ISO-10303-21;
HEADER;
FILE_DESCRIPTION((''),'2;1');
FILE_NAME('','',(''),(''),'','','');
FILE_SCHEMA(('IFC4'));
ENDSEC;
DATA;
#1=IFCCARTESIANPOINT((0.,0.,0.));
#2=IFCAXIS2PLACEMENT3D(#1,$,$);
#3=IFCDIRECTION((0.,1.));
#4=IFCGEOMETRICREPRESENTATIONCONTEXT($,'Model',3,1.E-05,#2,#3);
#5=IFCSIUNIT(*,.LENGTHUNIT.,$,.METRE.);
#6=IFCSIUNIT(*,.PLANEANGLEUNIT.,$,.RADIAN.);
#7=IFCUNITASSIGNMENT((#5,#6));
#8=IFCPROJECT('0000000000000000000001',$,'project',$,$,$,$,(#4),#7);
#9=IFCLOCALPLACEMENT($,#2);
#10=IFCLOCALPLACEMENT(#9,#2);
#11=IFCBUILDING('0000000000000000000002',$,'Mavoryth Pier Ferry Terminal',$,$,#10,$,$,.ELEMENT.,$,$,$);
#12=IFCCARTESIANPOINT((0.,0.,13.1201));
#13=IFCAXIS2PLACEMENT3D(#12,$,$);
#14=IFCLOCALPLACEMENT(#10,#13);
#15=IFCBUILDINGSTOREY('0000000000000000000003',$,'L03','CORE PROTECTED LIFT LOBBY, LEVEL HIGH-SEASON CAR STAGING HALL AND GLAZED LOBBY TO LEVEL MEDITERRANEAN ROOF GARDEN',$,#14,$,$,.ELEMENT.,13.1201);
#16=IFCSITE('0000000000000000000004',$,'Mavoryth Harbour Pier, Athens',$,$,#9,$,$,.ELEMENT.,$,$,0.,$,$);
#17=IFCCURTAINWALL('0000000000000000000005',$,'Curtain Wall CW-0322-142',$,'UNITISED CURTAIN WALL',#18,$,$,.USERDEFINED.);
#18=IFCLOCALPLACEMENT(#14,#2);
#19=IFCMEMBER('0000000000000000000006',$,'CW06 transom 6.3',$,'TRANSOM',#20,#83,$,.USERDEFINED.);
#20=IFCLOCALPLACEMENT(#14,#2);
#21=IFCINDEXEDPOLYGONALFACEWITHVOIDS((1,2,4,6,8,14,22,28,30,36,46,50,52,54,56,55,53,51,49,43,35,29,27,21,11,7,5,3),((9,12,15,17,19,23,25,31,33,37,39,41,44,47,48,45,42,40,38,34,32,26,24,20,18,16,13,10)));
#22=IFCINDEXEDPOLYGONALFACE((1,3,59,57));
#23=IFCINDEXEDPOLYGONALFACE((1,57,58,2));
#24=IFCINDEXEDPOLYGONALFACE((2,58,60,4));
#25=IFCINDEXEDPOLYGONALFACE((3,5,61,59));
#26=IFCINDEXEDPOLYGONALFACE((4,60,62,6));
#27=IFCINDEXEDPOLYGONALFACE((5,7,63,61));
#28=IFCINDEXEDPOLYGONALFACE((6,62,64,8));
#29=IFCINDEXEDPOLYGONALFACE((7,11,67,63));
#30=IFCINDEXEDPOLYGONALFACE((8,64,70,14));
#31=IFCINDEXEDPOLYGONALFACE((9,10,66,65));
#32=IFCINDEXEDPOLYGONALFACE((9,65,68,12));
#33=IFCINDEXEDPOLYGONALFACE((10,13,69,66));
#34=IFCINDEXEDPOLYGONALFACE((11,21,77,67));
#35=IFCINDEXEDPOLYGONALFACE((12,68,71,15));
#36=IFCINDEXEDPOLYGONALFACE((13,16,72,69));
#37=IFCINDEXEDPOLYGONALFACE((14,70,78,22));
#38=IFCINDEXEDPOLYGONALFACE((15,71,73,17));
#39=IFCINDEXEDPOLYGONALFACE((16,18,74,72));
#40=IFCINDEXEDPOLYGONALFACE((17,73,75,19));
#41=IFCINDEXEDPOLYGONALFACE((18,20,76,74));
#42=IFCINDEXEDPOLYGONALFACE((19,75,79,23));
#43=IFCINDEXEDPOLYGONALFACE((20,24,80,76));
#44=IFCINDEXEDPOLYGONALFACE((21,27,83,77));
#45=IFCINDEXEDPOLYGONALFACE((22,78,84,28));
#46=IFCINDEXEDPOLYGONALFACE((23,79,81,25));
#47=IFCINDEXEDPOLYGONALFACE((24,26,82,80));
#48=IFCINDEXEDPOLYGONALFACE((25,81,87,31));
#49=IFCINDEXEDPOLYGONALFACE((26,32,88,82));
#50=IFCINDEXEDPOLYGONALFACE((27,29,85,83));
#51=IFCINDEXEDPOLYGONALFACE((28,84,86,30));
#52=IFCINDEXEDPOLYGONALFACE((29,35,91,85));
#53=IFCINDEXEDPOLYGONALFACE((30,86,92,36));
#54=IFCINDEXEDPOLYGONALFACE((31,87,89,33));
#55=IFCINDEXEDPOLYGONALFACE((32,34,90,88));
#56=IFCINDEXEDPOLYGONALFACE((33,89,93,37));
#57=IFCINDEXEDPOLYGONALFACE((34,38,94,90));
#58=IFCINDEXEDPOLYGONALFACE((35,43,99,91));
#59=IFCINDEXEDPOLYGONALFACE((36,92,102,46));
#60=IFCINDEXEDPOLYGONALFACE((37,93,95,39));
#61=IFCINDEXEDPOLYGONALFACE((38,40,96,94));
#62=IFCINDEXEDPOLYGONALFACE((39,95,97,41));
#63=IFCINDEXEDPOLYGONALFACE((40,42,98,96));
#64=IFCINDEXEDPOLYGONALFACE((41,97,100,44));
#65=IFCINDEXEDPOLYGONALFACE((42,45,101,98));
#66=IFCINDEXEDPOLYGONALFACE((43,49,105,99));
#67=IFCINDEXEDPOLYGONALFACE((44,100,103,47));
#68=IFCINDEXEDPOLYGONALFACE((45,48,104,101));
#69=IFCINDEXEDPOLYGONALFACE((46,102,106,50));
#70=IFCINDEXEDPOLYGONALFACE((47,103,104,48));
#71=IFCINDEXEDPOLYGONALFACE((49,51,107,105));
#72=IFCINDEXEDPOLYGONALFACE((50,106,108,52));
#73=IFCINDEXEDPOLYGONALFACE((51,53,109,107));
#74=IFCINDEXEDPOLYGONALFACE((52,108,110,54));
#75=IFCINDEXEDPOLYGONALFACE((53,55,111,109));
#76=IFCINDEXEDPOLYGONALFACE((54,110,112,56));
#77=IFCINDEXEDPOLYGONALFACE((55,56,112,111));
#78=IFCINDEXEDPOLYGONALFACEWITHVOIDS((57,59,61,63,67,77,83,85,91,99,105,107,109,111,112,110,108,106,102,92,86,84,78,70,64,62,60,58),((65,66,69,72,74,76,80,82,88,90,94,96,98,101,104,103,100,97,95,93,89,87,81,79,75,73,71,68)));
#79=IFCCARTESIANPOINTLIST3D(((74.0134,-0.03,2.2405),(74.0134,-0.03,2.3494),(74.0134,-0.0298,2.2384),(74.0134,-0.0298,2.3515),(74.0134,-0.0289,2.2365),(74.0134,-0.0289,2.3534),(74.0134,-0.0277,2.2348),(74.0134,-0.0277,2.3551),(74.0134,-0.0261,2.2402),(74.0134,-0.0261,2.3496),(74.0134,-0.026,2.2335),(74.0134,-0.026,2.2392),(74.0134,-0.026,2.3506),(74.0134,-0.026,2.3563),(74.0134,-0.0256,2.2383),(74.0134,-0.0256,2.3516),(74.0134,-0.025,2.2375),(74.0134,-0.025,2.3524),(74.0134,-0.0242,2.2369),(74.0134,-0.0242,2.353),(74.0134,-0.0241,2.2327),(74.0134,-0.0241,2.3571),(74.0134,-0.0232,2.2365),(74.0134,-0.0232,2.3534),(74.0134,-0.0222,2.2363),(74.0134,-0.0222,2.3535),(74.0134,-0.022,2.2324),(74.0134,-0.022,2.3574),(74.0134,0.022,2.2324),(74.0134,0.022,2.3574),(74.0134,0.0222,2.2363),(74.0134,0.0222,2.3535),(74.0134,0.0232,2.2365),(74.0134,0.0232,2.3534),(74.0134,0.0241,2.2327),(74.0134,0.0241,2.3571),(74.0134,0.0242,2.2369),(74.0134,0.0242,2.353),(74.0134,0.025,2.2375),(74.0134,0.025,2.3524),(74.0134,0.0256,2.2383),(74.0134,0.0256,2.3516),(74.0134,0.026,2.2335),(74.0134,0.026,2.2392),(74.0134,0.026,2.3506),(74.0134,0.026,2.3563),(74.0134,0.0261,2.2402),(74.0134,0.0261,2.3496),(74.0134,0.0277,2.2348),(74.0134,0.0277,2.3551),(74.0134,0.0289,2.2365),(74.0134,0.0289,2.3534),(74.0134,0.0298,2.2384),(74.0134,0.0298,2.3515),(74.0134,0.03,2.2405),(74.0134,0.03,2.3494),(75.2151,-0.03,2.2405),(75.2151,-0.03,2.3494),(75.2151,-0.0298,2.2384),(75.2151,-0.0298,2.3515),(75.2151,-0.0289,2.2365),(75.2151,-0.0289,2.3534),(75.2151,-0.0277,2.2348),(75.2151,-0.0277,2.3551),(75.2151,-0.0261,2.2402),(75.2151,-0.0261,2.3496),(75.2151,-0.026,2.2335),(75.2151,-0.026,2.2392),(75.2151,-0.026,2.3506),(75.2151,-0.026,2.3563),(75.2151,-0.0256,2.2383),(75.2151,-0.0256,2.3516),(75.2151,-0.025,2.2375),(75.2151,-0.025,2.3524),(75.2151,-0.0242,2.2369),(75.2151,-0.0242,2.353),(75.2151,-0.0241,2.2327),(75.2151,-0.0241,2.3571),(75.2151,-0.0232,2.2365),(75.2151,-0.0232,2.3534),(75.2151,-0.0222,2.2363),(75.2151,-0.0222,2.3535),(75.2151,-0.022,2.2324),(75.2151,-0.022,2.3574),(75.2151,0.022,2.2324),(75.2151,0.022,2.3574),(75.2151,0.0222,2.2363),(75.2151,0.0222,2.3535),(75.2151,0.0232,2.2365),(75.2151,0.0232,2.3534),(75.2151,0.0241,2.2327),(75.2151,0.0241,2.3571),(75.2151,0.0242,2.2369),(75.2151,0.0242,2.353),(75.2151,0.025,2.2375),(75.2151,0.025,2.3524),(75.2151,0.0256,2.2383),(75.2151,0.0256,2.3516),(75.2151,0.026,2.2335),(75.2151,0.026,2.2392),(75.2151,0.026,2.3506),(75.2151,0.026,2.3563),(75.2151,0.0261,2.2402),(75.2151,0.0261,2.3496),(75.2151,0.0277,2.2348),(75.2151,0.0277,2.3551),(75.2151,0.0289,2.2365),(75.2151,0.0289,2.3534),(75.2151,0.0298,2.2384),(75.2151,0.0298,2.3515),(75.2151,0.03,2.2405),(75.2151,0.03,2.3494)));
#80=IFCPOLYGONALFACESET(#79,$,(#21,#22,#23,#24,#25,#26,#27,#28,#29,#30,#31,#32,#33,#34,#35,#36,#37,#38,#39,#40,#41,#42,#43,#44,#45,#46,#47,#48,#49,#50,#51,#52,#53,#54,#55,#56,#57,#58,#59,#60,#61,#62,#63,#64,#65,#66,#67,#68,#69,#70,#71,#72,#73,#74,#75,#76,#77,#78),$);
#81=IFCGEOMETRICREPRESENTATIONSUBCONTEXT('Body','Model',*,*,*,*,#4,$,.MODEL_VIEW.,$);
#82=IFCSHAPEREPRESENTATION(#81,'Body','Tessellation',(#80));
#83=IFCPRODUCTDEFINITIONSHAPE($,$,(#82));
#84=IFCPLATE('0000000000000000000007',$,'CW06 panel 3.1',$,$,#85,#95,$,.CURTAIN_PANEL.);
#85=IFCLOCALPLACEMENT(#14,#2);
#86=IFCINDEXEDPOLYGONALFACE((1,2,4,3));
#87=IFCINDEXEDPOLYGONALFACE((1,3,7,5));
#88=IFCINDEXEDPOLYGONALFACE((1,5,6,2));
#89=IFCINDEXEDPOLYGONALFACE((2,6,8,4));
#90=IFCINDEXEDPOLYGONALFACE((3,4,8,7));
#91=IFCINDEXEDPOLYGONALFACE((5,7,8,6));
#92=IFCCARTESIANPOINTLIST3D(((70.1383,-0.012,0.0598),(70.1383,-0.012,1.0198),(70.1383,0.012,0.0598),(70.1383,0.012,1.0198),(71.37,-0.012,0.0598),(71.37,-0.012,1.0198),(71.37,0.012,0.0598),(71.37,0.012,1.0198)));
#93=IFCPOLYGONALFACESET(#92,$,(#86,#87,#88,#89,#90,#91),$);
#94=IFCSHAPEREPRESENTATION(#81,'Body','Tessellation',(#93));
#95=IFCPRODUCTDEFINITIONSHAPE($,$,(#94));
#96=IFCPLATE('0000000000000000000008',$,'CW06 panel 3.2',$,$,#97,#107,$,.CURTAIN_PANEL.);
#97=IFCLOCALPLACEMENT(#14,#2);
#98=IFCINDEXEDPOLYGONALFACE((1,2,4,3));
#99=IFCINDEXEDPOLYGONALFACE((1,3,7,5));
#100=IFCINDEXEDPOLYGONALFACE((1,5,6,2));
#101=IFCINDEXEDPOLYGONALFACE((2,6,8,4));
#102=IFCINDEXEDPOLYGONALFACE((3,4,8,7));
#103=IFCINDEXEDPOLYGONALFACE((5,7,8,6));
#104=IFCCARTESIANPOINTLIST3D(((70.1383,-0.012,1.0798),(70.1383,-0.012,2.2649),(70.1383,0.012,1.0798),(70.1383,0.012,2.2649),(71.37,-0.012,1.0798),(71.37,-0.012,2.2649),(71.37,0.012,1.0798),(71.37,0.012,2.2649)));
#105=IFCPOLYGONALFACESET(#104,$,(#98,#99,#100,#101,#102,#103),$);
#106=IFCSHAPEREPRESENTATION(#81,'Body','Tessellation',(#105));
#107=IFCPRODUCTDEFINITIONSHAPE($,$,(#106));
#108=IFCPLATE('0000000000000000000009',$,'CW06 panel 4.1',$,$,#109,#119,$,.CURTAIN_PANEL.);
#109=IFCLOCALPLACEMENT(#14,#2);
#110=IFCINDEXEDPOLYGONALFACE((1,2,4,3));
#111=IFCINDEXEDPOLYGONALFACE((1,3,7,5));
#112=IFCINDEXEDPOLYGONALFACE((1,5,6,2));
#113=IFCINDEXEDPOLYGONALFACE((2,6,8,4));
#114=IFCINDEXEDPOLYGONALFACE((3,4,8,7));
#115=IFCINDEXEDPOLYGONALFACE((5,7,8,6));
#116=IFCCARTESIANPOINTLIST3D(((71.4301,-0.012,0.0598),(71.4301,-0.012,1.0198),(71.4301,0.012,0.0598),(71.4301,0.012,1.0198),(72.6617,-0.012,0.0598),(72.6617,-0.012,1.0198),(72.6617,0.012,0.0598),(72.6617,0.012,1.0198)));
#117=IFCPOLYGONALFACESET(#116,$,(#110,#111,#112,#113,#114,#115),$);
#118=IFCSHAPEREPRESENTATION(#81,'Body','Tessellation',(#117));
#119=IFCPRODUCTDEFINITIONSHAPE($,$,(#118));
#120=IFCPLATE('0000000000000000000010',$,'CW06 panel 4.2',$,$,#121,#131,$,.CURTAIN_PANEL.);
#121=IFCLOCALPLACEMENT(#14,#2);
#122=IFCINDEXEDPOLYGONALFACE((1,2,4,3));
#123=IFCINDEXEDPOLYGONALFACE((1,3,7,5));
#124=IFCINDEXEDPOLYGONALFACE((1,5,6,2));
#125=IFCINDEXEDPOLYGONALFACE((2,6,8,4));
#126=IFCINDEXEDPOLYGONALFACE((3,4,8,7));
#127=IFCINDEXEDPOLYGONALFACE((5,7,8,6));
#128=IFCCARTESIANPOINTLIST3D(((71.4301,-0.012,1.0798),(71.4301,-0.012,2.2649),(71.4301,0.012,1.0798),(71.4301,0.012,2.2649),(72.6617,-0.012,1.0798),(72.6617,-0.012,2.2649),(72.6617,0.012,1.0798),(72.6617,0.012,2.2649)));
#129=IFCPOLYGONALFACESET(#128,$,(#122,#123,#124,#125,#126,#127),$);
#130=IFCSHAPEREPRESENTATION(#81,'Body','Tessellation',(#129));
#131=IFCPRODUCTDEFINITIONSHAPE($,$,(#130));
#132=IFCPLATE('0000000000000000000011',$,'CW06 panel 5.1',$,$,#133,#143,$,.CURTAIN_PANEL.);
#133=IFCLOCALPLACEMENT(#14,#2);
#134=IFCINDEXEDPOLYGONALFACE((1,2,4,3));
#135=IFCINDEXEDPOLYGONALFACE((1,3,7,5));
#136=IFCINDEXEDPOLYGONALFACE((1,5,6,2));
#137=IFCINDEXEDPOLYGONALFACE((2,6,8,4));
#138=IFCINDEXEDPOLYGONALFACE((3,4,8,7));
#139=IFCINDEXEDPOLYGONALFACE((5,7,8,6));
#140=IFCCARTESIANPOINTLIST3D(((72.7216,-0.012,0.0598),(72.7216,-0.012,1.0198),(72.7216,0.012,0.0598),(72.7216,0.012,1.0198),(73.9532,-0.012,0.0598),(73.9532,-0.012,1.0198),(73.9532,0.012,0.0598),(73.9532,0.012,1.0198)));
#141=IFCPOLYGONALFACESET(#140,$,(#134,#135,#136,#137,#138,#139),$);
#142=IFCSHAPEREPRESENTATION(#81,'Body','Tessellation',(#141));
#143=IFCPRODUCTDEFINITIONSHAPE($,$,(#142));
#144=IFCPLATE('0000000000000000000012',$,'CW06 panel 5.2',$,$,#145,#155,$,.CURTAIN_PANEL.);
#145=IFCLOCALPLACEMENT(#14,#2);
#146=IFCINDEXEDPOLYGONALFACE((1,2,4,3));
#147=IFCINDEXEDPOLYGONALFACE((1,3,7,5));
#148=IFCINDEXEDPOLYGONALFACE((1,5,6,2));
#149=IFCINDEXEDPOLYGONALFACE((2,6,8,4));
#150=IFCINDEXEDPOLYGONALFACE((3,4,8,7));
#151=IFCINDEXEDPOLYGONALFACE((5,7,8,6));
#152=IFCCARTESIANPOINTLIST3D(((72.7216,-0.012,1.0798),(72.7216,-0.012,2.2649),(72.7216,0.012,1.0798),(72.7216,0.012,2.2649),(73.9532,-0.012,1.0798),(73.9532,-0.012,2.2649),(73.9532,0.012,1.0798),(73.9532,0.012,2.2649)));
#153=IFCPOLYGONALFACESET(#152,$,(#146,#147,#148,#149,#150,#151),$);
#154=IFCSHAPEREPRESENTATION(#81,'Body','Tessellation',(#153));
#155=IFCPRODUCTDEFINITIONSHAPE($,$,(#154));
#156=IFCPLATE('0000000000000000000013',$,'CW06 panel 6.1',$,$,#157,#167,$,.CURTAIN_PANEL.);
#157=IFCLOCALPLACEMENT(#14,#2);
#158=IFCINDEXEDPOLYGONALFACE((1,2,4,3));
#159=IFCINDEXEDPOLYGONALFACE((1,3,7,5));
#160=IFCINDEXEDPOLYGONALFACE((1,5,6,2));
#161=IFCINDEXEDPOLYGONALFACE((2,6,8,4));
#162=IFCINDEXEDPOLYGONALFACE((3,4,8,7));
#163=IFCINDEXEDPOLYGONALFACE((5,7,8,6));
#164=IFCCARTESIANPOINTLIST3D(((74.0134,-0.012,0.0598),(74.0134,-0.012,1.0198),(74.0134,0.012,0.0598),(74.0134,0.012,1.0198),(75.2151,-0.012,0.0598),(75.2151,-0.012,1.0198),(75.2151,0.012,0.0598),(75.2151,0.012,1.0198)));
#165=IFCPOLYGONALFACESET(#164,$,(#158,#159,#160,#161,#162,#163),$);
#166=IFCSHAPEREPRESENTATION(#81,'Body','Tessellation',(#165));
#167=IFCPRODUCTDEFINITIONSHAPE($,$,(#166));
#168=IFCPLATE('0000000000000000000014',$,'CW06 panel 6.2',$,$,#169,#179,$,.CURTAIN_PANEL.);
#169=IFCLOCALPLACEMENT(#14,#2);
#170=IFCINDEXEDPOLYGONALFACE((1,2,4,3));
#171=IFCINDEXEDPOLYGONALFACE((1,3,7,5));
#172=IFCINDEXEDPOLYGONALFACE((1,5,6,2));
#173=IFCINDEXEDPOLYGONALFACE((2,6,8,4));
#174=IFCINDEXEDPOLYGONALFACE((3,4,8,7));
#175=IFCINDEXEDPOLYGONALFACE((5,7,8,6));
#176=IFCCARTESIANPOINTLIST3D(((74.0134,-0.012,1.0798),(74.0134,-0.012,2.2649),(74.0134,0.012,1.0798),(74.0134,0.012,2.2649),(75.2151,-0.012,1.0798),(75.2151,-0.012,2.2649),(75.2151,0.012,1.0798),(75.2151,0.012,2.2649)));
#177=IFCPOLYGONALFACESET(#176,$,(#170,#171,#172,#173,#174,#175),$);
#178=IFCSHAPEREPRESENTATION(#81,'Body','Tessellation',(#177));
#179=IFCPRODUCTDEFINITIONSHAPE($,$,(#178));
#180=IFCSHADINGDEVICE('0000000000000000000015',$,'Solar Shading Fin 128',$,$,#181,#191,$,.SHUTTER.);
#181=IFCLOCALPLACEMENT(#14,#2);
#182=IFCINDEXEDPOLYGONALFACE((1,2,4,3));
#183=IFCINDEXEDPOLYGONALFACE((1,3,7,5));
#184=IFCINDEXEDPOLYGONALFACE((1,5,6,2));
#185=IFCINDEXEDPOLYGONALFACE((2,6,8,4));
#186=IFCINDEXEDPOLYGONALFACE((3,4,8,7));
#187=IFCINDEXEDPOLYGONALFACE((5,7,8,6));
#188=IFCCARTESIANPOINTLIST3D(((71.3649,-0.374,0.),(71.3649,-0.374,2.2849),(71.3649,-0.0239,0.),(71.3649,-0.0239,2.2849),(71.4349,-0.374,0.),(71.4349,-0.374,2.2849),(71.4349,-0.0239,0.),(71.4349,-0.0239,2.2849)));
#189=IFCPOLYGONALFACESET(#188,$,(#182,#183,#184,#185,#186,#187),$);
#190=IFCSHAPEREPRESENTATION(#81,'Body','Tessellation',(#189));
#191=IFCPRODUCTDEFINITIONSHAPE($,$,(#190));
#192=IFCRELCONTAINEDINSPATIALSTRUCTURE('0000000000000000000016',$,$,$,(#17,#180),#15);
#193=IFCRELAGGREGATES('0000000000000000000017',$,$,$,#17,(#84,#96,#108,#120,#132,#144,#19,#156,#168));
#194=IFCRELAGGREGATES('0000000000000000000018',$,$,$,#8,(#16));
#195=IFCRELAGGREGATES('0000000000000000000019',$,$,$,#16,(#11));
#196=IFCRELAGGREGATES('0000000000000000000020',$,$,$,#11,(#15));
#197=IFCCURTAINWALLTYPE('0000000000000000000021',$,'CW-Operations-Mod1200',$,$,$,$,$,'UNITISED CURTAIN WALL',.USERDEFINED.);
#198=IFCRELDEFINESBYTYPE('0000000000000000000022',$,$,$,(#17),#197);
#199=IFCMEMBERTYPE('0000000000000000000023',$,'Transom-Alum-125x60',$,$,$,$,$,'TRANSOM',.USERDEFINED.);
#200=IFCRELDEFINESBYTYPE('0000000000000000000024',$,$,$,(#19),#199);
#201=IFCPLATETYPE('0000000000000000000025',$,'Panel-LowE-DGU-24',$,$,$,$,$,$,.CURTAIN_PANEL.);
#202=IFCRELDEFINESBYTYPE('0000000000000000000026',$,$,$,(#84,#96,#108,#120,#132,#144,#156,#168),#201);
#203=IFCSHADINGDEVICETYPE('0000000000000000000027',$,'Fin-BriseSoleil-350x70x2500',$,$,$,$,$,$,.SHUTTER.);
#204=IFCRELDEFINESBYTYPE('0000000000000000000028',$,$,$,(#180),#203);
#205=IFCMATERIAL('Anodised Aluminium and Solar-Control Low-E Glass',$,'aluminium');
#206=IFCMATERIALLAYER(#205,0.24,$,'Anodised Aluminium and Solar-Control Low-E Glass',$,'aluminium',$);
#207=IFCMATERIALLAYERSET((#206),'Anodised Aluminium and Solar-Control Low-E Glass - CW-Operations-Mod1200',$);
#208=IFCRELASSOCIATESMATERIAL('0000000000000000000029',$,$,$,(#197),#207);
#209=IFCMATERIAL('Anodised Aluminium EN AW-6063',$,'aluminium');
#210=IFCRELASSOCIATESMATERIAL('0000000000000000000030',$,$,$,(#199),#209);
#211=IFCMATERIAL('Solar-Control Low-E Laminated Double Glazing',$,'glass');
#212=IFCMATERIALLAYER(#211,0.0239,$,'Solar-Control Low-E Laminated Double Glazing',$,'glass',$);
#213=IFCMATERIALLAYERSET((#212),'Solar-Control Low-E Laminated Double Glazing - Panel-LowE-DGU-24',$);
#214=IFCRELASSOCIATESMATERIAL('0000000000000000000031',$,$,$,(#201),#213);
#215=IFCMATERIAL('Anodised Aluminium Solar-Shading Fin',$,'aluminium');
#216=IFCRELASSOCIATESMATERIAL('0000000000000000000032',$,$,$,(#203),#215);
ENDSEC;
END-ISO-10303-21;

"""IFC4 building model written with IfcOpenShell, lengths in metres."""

from ifc_helpers import new_model, si_unit, direction, frame, origin, origin_2d, place, context, subcontext, project, spatial, rectangle, hollow_rectangle, extrude, material, layer, layer_set, material_profile, profile_set, type_object, element, aggregate, save


model = new_model("IFC4")

# Units and contexts
model_context = context("Model", 3, precision=1e-05, world=origin(), true_north=direction((0.0, 1.0)))
body_context = subcontext(model_context, "Body", "Model", "MODEL_VIEW")
ifc_project = project(units=[si_unit("LENGTHUNIT", "METRE"), si_unit("PLANEANGLEUNIT", "RADIAN")], contexts=[model_context])

# Site, building, storey
site_placement = place(None, origin())
site = spatial("IfcSite", under=ifc_project, at=site_placement, Name="Mavoryth Harbour Pier, Athens", CompositionType="ELEMENT", RefElevation=0.0)
building_placement = place(site_placement, origin())
building = spatial("IfcBuilding", under=site, at=building_placement, Name="Mavoryth Pier Ferry Terminal", CompositionType="ELEMENT")
storey_placement = place(building_placement, frame((0.0, 0.0, 13.1201)))
storey = spatial("IfcBuildingStorey", under=building, at=storey_placement, Name="L03", Description="CORE PROTECTED LIFT LOBBY, LEVEL HIGH-SEASON CAR STAGING HALL AND GLAZED LOBBY TO LEVEL MEDITERRANEAN ROOF GARDEN", CompositionType="ELEMENT", Elevation=13.1201)

# Curtain wall, member, plates
ifc_material_1 = material(Name="Anodised Aluminium and Solar-Control Low-E Glass", Category="aluminium")
ifc_layer_1 = layer(ifc_material_1, 0.24, Name="Anodised Aluminium and Solar-Control Low-E Glass", Category="aluminium")
ifc_layer_set_1 = layer_set([ifc_layer_1], Name="Anodised Aluminium and Solar-Control Low-E Glass - CW-Operations-Mod1200")
curtain_wall_type = type_object("IfcCurtainWallType", Name="CW-Operations-Mod1200", ElementType="UNITISED CURTAIN WALL", PredefinedType="USERDEFINED", material=ifc_layer_set_1)
curtain_wall_placement = place(storey_placement, origin())
curtain_wall = element("IfcCurtainWall", 1, at=curtain_wall_placement, inside=storey, type_object=curtain_wall_type, Name="Curtain Wall CW-0322-142", ObjectType="UNITISED CURTAIN WALL", PredefinedType="USERDEFINED")
ifc_material_2 = material(Name="Anodised Aluminium EN AW-6063", Category="aluminium")
ifc_material_profile_1 = material_profile(ifc_material_2, hollow_rectangle(XDim=0.0601, YDim=0.125, WallThickness=0.0039, InnerFilletRadius=0.0039, OuterFilletRadius=0.0081, at=origin_2d()), Name="AL-TRAN 125x60x4", Category="aluminium")
ifc_profile_set_1 = profile_set([ifc_material_profile_1], Name="Anodised Aluminium EN AW-6063 - AL-TRAN 125x60x4")
member_type_1 = type_object("IfcMemberType", Name="Transom-Alum-125x60", ElementType="TRANSOM", PredefinedType="USERDEFINED", material=ifc_profile_set_1)
member_1_placement = place(storey_placement, frame((74.0134, 0.0, 2.2949), z_axis=(1.0, 0.0, 0.0), x_axis=(0.0, 1.0, 0.0)))
member_1 = element("IfcMember", 2, at=member_1_placement, type_object=member_type_1, Name="CW06 transom 6.3", ObjectType="TRANSOM", PredefinedType="USERDEFINED", context=body_context, shape_type="SweptSolid", body=[
    extrude(hollow_rectangle(XDim=0.0601, YDim=0.125, WallThickness=0.0039, InnerFilletRadius=0.0039, OuterFilletRadius=0.0081, at=origin_2d()), origin(), (0.0, 0.0, 1.0), 1.2017),
])
ifc_material_3 = material(Name="Solar-Control Low-E Laminated Double Glazing", Category="glass")
ifc_layer_2 = layer(ifc_material_3, 0.0239, Name="Solar-Control Low-E Laminated Double Glazing", Category="glass")
ifc_layer_set_2 = layer_set([ifc_layer_2], Name="Solar-Control Low-E Laminated Double Glazing - Panel-LowE-DGU-24")
plate_type = type_object("IfcPlateType", Name="Panel-LowE-DGU-24", PredefinedType="CURTAIN_PANEL", material=ifc_layer_set_2)
plate_1_placement = place(storey_placement, frame((70.7542, 0.0, 0.0598), z_axis=(0.0, 0.0, 1.0), x_axis=(1.0, 0.0, 0.0)))
plate_1 = element("IfcPlate", 3, at=plate_1_placement, type_object=plate_type, Name="CW06 panel 3.1", PredefinedType="CURTAIN_PANEL", context=body_context, shape_type="SweptSolid", body=[
    extrude(rectangle(XDim=1.2317, YDim=0.0239, at=origin_2d()), origin(), (0.0, 0.0, 1.0), 0.96),
])
plate_2_placement = place(storey_placement, frame((70.7542, 0.0, 1.0798), z_axis=(0.0, 0.0, 1.0), x_axis=(1.0, 0.0, 0.0)))
plate_2 = element("IfcPlate", 4, at=plate_2_placement, type_object=plate_type, Name="CW06 panel 3.2", PredefinedType="CURTAIN_PANEL", context=body_context, shape_type="SweptSolid", body=[
    extrude(rectangle(XDim=1.2317, YDim=0.0239, at=origin_2d()), origin(), (0.0, 0.0, 1.0), 1.1851),
])
plate_3_placement = place(storey_placement, frame((72.0459, 0.0, 0.0598), z_axis=(0.0, 0.0, 1.0), x_axis=(1.0, 0.0, 0.0)))
plate_3 = element("IfcPlate", 5, at=plate_3_placement, type_object=plate_type, Name="CW06 panel 4.1", PredefinedType="CURTAIN_PANEL", context=body_context, shape_type="SweptSolid", body=[
    extrude(rectangle(XDim=1.2317, YDim=0.0239, at=origin_2d()), origin(), (0.0, 0.0, 1.0), 0.96),
])
plate_4_placement = place(storey_placement, frame((72.0459, 0.0, 1.0798), z_axis=(0.0, 0.0, 1.0), x_axis=(1.0, 0.0, 0.0)))
plate_4 = element("IfcPlate", 6, at=plate_4_placement, type_object=plate_type, Name="CW06 panel 4.2", PredefinedType="CURTAIN_PANEL", context=body_context, shape_type="SweptSolid", body=[
    extrude(rectangle(XDim=1.2317, YDim=0.0239, at=origin_2d()), origin(), (0.0, 0.0, 1.0), 1.1851),
])
plate_5_placement = place(storey_placement, frame((73.3374, 0.0, 0.0598), z_axis=(0.0, 0.0, 1.0), x_axis=(1.0, 0.0, 0.0)))
plate_5 = element("IfcPlate", 7, at=plate_5_placement, type_object=plate_type, Name="CW06 panel 5.1", PredefinedType="CURTAIN_PANEL", context=body_context, shape_type="SweptSolid", body=[
    extrude(rectangle(XDim=1.2317, YDim=0.0239, at=origin_2d()), origin(), (0.0, 0.0, 1.0), 0.96),
])
plate_6_placement = place(storey_placement, frame((73.3374, 0.0, 1.0798), z_axis=(0.0, 0.0, 1.0), x_axis=(1.0, 0.0, 0.0)))
plate_6 = element("IfcPlate", 8, at=plate_6_placement, type_object=plate_type, Name="CW06 panel 5.2", PredefinedType="CURTAIN_PANEL", context=body_context, shape_type="SweptSolid", body=[
    extrude(rectangle(XDim=1.2317, YDim=0.0239, at=origin_2d()), origin(), (0.0, 0.0, 1.0), 1.1851),
])
plate_7_placement = place(storey_placement, frame((74.6143, 0.0, 0.0598), z_axis=(0.0, 0.0, 1.0), x_axis=(1.0, 0.0, 0.0)))
plate_7 = element("IfcPlate", 9, at=plate_7_placement, type_object=plate_type, Name="CW06 panel 6.1", PredefinedType="CURTAIN_PANEL", context=body_context, shape_type="SweptSolid", body=[
    extrude(rectangle(XDim=1.2017, YDim=0.0239, at=origin_2d()), origin(), (0.0, 0.0, 1.0), 0.96),
])
plate_8_placement = place(storey_placement, frame((74.6143, 0.0, 1.0798), z_axis=(0.0, 0.0, 1.0), x_axis=(1.0, 0.0, 0.0)))
plate_8 = element("IfcPlate", 10, at=plate_8_placement, type_object=plate_type, Name="CW06 panel 6.2", PredefinedType="CURTAIN_PANEL", context=body_context, shape_type="SweptSolid", body=[
    extrude(rectangle(XDim=1.2017, YDim=0.0239, at=origin_2d()), origin(), (0.0, 0.0, 1.0), 1.1851),
])
aggregate(curtain_wall, [plate_1, plate_2, plate_3, plate_4, plate_5, plate_6, member_1, plate_7, plate_8])

# Shading device
ifc_material_4 = material(Name="Anodised Aluminium Solar-Shading Fin", Category="aluminium")
shading_device_type = type_object("IfcShadingDeviceType", Name="Fin-BriseSoleil-350x70x2500", PredefinedType="SHUTTER", material=ifc_material_4)
for number, where, z_axis, x_axis, name in (
    (11, (71.3999, -0.199, 0.0), (0.0, 0.0, 1.0), (1.0, 0.0, 0.0), "Solar Shading Fin 128"),
):
    element("IfcShadingDevice", number, at=place(storey_placement, frame(where, z_axis=z_axis, x_axis=x_axis)), inside=storey, type_object=shading_device_type, Name=name, PredefinedType="SHUTTER", context=body_context, shape_type="SweptSolid", body=[
        extrude(rectangle(XDim=0.0701, YDim=0.3501, at=origin_2d()), origin(), (0.0, 0.0, 1.0), 2.2849),
    ])

save(model, "model.ifc")
